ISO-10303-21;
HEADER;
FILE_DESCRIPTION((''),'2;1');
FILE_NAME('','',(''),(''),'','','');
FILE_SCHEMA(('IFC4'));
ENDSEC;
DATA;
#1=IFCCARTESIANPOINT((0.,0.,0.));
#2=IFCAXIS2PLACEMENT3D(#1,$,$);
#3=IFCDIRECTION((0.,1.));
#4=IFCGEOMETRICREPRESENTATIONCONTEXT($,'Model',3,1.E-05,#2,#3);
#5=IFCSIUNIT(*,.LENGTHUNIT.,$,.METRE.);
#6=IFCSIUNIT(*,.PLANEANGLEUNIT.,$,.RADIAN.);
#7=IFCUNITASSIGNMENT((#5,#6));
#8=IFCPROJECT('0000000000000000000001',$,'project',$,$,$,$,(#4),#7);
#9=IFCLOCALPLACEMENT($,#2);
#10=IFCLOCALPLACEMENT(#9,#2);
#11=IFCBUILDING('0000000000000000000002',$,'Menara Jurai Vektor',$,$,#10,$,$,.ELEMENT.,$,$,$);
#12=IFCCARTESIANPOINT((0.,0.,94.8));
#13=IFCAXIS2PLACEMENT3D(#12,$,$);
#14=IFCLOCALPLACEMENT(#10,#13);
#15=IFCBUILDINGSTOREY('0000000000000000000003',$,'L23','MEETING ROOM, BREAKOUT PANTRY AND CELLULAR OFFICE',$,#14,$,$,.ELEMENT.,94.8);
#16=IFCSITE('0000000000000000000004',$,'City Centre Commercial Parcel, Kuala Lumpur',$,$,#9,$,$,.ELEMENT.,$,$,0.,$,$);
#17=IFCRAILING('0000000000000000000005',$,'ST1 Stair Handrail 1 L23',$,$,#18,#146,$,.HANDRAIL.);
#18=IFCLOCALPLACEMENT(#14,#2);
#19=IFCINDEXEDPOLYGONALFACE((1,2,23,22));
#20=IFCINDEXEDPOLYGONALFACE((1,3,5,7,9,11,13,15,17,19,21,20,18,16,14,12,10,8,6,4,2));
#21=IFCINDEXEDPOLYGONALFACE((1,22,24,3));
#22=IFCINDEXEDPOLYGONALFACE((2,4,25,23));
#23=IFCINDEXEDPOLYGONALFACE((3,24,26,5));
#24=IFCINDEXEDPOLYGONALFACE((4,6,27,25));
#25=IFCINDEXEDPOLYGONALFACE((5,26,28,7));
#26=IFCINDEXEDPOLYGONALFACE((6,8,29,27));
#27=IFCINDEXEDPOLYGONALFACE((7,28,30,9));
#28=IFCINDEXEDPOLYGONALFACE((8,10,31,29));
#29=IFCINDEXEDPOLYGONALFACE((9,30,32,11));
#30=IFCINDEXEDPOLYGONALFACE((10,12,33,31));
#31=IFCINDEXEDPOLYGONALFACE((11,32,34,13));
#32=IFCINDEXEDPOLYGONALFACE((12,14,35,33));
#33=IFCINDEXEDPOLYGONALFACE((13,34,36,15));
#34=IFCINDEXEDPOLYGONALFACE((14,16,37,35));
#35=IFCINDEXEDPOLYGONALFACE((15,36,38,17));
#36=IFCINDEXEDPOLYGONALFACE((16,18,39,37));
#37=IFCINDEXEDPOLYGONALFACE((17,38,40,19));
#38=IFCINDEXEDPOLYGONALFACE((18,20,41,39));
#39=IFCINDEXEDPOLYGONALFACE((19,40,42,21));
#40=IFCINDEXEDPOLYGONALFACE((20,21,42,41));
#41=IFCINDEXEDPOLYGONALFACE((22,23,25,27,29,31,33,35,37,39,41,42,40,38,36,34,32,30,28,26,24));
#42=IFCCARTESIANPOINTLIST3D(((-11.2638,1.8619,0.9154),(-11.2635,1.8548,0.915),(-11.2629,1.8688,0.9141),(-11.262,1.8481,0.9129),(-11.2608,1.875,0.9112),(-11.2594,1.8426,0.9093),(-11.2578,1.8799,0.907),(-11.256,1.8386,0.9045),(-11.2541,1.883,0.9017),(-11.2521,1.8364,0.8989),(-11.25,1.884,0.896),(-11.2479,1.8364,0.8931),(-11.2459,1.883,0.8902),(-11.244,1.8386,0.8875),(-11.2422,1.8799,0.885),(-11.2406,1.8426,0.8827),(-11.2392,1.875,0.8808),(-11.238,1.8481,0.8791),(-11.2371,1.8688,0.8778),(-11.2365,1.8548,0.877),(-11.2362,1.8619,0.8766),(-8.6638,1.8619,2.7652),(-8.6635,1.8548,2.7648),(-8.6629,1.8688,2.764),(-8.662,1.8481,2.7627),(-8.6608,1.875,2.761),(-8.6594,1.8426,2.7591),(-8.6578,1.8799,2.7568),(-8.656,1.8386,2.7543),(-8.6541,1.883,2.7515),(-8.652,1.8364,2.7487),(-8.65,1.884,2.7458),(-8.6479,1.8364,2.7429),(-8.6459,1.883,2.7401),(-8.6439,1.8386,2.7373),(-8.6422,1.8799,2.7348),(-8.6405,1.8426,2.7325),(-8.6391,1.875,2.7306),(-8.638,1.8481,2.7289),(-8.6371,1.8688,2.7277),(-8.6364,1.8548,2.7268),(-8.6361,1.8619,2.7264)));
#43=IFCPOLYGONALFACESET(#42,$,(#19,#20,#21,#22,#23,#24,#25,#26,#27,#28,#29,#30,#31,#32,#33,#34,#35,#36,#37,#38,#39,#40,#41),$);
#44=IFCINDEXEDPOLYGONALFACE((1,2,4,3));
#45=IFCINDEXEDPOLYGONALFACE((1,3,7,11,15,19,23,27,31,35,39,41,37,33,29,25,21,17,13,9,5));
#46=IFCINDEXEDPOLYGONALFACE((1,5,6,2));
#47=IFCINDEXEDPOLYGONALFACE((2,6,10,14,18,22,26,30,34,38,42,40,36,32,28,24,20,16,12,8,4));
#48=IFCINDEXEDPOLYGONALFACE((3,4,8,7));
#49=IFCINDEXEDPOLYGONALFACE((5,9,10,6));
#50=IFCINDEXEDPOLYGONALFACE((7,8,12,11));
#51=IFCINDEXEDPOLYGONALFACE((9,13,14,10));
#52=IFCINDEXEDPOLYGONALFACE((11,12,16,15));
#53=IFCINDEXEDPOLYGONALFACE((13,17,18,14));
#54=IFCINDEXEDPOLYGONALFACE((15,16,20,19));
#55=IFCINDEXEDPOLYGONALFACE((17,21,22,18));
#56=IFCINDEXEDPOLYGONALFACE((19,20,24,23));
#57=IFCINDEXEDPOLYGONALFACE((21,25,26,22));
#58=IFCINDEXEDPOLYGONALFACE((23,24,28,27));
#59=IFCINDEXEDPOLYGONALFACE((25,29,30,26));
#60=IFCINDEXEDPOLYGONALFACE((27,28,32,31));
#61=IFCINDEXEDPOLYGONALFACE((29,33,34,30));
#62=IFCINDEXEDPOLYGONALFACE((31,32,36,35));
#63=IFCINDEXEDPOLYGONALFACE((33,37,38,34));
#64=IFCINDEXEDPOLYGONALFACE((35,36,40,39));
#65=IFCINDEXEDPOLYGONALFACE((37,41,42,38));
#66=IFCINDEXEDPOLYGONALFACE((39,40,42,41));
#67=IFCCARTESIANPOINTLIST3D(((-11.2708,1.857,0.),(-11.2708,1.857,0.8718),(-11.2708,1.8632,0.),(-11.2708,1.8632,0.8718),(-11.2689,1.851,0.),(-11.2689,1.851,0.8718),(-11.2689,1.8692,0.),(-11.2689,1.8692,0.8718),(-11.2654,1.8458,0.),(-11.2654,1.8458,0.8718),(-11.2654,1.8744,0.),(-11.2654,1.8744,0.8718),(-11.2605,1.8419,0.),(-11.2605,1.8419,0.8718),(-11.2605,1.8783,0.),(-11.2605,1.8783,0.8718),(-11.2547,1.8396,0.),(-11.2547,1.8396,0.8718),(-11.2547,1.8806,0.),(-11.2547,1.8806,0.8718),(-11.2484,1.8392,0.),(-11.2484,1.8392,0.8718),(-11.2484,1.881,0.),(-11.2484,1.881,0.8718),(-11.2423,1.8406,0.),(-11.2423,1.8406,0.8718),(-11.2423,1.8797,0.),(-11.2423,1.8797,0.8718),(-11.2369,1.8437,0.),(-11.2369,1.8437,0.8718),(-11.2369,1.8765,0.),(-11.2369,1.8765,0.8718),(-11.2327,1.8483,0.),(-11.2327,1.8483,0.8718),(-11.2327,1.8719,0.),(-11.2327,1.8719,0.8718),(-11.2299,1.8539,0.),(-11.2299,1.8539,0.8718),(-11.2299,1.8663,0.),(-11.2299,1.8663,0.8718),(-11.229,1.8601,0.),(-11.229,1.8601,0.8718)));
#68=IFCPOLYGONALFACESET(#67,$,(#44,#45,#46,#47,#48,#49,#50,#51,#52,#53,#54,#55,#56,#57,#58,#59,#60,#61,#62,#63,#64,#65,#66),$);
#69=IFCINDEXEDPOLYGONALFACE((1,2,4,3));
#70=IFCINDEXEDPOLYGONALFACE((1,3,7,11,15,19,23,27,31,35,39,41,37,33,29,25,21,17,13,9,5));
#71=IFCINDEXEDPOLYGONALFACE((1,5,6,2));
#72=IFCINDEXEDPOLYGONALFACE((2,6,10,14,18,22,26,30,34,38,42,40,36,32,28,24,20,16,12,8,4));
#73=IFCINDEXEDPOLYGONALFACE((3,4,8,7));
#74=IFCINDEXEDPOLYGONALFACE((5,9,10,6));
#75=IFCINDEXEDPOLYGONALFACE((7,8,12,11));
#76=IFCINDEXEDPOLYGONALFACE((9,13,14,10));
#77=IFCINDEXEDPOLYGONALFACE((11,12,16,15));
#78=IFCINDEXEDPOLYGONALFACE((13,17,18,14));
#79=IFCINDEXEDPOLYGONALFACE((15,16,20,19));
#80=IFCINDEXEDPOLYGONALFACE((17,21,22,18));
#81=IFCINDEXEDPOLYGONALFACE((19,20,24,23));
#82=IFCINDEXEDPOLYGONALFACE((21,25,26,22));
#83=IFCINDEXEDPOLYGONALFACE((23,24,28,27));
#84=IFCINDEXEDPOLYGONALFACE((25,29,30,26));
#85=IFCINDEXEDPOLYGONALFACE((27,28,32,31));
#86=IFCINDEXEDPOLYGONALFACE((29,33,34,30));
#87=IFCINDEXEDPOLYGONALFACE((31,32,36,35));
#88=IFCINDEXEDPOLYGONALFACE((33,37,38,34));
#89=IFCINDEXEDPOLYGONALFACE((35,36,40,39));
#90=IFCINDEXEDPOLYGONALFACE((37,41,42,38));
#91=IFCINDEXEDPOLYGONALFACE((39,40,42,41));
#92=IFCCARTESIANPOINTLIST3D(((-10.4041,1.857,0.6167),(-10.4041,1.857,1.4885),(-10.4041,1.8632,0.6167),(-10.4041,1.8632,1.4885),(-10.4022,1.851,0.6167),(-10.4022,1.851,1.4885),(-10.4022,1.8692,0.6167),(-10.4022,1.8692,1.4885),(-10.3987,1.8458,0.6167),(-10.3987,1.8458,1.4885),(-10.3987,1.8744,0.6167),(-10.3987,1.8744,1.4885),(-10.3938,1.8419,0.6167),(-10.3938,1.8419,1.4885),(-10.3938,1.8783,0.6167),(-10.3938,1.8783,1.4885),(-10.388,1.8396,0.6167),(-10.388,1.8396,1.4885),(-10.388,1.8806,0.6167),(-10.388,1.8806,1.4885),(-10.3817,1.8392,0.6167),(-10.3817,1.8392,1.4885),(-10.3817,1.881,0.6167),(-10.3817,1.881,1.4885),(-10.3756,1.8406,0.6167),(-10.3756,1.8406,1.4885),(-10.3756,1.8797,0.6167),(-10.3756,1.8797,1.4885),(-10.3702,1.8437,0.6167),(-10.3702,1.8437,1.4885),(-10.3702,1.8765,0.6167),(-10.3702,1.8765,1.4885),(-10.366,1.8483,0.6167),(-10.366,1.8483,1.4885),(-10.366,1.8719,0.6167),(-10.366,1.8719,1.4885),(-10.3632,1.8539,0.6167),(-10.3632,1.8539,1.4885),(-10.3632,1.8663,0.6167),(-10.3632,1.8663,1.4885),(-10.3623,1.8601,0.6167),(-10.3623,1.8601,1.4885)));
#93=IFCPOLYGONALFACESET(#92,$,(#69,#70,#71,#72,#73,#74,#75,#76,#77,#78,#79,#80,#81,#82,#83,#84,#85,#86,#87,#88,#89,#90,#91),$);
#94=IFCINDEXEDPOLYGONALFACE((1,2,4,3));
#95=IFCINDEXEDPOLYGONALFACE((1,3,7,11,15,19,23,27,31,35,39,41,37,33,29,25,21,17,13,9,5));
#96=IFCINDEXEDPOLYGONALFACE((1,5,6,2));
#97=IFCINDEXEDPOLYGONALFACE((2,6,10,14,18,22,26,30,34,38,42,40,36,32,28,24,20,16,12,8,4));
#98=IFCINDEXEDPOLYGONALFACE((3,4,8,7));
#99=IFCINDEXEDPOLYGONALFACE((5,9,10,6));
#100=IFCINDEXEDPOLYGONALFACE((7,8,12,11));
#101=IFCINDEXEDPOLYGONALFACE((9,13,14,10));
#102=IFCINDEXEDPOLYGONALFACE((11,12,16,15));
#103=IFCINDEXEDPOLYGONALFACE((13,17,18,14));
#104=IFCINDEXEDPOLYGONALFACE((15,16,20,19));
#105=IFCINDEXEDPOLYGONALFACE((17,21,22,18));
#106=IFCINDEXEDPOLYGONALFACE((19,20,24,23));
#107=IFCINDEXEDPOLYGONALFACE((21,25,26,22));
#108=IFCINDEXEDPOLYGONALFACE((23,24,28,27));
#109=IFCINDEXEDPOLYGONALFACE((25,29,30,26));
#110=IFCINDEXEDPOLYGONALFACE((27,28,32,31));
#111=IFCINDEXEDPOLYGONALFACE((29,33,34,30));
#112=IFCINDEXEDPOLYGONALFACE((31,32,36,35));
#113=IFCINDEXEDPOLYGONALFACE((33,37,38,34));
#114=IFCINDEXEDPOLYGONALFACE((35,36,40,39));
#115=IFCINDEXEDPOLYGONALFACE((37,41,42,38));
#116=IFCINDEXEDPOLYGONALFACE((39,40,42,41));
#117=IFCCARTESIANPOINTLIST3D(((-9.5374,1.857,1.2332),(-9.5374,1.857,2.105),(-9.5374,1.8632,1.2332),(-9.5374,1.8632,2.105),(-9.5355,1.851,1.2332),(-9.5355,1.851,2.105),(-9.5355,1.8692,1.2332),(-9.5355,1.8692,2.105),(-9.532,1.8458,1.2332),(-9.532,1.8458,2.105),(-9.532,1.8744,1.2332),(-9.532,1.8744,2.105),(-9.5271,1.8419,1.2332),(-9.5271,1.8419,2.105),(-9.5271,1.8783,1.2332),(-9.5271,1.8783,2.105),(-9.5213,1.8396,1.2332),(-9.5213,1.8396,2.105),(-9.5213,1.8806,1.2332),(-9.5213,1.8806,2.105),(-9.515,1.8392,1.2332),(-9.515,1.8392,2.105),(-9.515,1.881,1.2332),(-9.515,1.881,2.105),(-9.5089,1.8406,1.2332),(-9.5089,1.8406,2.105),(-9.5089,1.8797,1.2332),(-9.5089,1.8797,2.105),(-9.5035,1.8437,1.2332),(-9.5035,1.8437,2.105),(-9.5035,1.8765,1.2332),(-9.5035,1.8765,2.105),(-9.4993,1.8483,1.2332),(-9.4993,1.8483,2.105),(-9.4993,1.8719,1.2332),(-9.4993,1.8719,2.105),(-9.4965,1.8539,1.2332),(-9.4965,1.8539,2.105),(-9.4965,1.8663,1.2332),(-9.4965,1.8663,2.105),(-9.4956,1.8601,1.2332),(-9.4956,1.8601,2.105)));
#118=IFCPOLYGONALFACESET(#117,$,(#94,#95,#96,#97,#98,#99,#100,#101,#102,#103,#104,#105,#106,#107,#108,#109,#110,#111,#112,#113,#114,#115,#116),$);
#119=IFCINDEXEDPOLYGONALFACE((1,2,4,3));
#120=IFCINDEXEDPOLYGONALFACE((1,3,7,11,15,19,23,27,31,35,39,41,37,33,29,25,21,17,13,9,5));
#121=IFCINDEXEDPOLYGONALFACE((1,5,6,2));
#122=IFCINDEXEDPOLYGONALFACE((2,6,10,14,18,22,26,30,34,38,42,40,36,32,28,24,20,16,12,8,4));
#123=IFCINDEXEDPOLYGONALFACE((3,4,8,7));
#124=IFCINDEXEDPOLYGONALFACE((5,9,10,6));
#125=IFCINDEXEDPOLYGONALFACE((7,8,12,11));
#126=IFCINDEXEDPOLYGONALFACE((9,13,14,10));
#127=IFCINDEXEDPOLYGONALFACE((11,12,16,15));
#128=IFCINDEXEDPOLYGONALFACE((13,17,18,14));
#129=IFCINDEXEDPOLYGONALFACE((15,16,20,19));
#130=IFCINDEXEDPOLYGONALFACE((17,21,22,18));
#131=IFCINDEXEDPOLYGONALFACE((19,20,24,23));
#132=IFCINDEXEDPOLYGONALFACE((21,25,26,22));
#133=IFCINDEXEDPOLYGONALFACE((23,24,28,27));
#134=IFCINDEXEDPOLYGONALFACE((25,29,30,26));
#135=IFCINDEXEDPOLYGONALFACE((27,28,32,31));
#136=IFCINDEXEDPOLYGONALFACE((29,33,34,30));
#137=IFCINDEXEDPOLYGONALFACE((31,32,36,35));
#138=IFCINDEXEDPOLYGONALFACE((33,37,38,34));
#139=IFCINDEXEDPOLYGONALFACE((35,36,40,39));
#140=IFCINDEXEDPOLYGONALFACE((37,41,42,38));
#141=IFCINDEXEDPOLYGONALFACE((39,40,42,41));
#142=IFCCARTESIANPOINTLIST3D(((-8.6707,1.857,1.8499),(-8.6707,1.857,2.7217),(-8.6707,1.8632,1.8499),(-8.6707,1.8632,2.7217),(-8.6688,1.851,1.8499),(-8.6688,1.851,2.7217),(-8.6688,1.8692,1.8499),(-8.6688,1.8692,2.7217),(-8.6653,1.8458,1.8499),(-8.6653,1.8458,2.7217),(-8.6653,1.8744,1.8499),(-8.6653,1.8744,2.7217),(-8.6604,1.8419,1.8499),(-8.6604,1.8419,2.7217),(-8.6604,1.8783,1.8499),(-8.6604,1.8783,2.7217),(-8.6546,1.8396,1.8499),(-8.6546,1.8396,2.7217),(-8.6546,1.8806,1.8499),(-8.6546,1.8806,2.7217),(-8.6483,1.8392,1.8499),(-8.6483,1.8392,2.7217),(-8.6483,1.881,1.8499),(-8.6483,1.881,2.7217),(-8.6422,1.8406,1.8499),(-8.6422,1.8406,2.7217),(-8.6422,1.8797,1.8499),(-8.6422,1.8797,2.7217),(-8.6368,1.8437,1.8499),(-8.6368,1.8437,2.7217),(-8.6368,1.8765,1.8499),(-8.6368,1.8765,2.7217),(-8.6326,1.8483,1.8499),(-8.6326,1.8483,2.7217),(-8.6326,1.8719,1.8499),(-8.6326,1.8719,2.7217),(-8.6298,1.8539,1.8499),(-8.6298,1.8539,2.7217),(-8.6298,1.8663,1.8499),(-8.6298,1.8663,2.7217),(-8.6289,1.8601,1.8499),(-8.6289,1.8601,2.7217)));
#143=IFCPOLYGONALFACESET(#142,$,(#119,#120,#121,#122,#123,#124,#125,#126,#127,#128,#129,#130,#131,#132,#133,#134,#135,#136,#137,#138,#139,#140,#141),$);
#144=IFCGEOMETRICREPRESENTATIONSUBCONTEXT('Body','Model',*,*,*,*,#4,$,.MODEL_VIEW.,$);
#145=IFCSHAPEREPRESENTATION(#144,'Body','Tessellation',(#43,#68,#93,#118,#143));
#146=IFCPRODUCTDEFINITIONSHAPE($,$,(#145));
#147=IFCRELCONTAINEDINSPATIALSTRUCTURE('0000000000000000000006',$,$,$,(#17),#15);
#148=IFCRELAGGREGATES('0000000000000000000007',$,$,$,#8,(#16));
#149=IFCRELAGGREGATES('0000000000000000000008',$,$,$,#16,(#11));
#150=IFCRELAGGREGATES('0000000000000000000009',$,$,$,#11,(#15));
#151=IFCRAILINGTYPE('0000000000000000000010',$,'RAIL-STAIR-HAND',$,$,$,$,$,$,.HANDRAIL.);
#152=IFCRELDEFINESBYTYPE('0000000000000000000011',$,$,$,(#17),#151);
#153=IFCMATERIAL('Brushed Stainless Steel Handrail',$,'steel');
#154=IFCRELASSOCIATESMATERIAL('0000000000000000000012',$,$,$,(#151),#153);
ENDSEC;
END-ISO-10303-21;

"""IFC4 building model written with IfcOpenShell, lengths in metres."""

from ifc_helpers import new_model, si_unit, direction, frame, origin, origin_2d, place, context, subcontext, project, spatial, circle, extrude, material, type_object, element, save


model = new_model("IFC4")

# Units and contexts
model_context = context("Model", 3, precision=1e-05, world=origin(), true_north=direction((0.0, 1.0)))
body_context = subcontext(model_context, "Body", "Model", "MODEL_VIEW")
ifc_project = project(units=[si_unit("LENGTHUNIT", "METRE"), si_unit("PLANEANGLEUNIT", "RADIAN")], contexts=[model_context])

# Site, building, storey
site_placement = place(None, origin())
site = spatial("IfcSite", under=ifc_project, at=site_placement, Name="City Centre Commercial Parcel, Kuala Lumpur", CompositionType="ELEMENT", RefElevation=0.0)
building_placement = place(site_placement, origin())
building = spatial("IfcBuilding", under=site, at=building_placement, Name="Menara Jurai Vektor", CompositionType="ELEMENT")
storey_placement = place(building_placement, frame((0.0, 0.0, 94.8)))
storey = spatial("IfcBuildingStorey", under=building, at=storey_placement, Name="L23", Description="MEETING ROOM, BREAKOUT PANTRY AND CELLULAR OFFICE", CompositionType="ELEMENT", Elevation=94.8)

# Railing
ifc_material_1 = material(Name="Brushed Stainless Steel Handrail", Category="steel")
railing_type_1 = type_object("IfcRailingType", Name="RAIL-STAIR-HAND", PredefinedType="HANDRAIL", material=ifc_material_1)
railing_1_placement = place(storey_placement, frame((-11.25, 1.8601, 0.0)))
element("IfcRailing", 1, at=railing_1_placement, inside=storey, type_object=railing_type_1, Name="ST1 Stair Handrail 1 L23", PredefinedType="HANDRAIL", context=body_context, shape_type="SweptSolid", body=[
    extrude(circle(Radius=0.0239, at=origin_2d()), frame((0.0, 0.0, 0.896), z_axis=(0.814823, 0.0, 0.57971), x_axis=(0.0, 1.0, 0.0)), (0.0, 0.0, 1.0), 3.1909),
    extrude(circle(Radius=0.021, at=origin_2d()), origin(), (0.0, 0.0, 1.0), 0.8718),
    extrude(circle(Radius=0.021, at=origin_2d()), frame((0.8667, 0.0, 0.6167)), (0.0, 0.0, 1.0), 0.8718),
    extrude(circle(Radius=0.021, at=origin_2d()), frame((1.7334, 0.0, 1.2332)), (0.0, 0.0, 1.0), 0.8718),
    extrude(circle(Radius=0.021, at=origin_2d()), frame((2.6001, 0.0, 1.8499)), (0.0, 0.0, 1.0), 0.8718),
])

save(model, "model.ifc")
